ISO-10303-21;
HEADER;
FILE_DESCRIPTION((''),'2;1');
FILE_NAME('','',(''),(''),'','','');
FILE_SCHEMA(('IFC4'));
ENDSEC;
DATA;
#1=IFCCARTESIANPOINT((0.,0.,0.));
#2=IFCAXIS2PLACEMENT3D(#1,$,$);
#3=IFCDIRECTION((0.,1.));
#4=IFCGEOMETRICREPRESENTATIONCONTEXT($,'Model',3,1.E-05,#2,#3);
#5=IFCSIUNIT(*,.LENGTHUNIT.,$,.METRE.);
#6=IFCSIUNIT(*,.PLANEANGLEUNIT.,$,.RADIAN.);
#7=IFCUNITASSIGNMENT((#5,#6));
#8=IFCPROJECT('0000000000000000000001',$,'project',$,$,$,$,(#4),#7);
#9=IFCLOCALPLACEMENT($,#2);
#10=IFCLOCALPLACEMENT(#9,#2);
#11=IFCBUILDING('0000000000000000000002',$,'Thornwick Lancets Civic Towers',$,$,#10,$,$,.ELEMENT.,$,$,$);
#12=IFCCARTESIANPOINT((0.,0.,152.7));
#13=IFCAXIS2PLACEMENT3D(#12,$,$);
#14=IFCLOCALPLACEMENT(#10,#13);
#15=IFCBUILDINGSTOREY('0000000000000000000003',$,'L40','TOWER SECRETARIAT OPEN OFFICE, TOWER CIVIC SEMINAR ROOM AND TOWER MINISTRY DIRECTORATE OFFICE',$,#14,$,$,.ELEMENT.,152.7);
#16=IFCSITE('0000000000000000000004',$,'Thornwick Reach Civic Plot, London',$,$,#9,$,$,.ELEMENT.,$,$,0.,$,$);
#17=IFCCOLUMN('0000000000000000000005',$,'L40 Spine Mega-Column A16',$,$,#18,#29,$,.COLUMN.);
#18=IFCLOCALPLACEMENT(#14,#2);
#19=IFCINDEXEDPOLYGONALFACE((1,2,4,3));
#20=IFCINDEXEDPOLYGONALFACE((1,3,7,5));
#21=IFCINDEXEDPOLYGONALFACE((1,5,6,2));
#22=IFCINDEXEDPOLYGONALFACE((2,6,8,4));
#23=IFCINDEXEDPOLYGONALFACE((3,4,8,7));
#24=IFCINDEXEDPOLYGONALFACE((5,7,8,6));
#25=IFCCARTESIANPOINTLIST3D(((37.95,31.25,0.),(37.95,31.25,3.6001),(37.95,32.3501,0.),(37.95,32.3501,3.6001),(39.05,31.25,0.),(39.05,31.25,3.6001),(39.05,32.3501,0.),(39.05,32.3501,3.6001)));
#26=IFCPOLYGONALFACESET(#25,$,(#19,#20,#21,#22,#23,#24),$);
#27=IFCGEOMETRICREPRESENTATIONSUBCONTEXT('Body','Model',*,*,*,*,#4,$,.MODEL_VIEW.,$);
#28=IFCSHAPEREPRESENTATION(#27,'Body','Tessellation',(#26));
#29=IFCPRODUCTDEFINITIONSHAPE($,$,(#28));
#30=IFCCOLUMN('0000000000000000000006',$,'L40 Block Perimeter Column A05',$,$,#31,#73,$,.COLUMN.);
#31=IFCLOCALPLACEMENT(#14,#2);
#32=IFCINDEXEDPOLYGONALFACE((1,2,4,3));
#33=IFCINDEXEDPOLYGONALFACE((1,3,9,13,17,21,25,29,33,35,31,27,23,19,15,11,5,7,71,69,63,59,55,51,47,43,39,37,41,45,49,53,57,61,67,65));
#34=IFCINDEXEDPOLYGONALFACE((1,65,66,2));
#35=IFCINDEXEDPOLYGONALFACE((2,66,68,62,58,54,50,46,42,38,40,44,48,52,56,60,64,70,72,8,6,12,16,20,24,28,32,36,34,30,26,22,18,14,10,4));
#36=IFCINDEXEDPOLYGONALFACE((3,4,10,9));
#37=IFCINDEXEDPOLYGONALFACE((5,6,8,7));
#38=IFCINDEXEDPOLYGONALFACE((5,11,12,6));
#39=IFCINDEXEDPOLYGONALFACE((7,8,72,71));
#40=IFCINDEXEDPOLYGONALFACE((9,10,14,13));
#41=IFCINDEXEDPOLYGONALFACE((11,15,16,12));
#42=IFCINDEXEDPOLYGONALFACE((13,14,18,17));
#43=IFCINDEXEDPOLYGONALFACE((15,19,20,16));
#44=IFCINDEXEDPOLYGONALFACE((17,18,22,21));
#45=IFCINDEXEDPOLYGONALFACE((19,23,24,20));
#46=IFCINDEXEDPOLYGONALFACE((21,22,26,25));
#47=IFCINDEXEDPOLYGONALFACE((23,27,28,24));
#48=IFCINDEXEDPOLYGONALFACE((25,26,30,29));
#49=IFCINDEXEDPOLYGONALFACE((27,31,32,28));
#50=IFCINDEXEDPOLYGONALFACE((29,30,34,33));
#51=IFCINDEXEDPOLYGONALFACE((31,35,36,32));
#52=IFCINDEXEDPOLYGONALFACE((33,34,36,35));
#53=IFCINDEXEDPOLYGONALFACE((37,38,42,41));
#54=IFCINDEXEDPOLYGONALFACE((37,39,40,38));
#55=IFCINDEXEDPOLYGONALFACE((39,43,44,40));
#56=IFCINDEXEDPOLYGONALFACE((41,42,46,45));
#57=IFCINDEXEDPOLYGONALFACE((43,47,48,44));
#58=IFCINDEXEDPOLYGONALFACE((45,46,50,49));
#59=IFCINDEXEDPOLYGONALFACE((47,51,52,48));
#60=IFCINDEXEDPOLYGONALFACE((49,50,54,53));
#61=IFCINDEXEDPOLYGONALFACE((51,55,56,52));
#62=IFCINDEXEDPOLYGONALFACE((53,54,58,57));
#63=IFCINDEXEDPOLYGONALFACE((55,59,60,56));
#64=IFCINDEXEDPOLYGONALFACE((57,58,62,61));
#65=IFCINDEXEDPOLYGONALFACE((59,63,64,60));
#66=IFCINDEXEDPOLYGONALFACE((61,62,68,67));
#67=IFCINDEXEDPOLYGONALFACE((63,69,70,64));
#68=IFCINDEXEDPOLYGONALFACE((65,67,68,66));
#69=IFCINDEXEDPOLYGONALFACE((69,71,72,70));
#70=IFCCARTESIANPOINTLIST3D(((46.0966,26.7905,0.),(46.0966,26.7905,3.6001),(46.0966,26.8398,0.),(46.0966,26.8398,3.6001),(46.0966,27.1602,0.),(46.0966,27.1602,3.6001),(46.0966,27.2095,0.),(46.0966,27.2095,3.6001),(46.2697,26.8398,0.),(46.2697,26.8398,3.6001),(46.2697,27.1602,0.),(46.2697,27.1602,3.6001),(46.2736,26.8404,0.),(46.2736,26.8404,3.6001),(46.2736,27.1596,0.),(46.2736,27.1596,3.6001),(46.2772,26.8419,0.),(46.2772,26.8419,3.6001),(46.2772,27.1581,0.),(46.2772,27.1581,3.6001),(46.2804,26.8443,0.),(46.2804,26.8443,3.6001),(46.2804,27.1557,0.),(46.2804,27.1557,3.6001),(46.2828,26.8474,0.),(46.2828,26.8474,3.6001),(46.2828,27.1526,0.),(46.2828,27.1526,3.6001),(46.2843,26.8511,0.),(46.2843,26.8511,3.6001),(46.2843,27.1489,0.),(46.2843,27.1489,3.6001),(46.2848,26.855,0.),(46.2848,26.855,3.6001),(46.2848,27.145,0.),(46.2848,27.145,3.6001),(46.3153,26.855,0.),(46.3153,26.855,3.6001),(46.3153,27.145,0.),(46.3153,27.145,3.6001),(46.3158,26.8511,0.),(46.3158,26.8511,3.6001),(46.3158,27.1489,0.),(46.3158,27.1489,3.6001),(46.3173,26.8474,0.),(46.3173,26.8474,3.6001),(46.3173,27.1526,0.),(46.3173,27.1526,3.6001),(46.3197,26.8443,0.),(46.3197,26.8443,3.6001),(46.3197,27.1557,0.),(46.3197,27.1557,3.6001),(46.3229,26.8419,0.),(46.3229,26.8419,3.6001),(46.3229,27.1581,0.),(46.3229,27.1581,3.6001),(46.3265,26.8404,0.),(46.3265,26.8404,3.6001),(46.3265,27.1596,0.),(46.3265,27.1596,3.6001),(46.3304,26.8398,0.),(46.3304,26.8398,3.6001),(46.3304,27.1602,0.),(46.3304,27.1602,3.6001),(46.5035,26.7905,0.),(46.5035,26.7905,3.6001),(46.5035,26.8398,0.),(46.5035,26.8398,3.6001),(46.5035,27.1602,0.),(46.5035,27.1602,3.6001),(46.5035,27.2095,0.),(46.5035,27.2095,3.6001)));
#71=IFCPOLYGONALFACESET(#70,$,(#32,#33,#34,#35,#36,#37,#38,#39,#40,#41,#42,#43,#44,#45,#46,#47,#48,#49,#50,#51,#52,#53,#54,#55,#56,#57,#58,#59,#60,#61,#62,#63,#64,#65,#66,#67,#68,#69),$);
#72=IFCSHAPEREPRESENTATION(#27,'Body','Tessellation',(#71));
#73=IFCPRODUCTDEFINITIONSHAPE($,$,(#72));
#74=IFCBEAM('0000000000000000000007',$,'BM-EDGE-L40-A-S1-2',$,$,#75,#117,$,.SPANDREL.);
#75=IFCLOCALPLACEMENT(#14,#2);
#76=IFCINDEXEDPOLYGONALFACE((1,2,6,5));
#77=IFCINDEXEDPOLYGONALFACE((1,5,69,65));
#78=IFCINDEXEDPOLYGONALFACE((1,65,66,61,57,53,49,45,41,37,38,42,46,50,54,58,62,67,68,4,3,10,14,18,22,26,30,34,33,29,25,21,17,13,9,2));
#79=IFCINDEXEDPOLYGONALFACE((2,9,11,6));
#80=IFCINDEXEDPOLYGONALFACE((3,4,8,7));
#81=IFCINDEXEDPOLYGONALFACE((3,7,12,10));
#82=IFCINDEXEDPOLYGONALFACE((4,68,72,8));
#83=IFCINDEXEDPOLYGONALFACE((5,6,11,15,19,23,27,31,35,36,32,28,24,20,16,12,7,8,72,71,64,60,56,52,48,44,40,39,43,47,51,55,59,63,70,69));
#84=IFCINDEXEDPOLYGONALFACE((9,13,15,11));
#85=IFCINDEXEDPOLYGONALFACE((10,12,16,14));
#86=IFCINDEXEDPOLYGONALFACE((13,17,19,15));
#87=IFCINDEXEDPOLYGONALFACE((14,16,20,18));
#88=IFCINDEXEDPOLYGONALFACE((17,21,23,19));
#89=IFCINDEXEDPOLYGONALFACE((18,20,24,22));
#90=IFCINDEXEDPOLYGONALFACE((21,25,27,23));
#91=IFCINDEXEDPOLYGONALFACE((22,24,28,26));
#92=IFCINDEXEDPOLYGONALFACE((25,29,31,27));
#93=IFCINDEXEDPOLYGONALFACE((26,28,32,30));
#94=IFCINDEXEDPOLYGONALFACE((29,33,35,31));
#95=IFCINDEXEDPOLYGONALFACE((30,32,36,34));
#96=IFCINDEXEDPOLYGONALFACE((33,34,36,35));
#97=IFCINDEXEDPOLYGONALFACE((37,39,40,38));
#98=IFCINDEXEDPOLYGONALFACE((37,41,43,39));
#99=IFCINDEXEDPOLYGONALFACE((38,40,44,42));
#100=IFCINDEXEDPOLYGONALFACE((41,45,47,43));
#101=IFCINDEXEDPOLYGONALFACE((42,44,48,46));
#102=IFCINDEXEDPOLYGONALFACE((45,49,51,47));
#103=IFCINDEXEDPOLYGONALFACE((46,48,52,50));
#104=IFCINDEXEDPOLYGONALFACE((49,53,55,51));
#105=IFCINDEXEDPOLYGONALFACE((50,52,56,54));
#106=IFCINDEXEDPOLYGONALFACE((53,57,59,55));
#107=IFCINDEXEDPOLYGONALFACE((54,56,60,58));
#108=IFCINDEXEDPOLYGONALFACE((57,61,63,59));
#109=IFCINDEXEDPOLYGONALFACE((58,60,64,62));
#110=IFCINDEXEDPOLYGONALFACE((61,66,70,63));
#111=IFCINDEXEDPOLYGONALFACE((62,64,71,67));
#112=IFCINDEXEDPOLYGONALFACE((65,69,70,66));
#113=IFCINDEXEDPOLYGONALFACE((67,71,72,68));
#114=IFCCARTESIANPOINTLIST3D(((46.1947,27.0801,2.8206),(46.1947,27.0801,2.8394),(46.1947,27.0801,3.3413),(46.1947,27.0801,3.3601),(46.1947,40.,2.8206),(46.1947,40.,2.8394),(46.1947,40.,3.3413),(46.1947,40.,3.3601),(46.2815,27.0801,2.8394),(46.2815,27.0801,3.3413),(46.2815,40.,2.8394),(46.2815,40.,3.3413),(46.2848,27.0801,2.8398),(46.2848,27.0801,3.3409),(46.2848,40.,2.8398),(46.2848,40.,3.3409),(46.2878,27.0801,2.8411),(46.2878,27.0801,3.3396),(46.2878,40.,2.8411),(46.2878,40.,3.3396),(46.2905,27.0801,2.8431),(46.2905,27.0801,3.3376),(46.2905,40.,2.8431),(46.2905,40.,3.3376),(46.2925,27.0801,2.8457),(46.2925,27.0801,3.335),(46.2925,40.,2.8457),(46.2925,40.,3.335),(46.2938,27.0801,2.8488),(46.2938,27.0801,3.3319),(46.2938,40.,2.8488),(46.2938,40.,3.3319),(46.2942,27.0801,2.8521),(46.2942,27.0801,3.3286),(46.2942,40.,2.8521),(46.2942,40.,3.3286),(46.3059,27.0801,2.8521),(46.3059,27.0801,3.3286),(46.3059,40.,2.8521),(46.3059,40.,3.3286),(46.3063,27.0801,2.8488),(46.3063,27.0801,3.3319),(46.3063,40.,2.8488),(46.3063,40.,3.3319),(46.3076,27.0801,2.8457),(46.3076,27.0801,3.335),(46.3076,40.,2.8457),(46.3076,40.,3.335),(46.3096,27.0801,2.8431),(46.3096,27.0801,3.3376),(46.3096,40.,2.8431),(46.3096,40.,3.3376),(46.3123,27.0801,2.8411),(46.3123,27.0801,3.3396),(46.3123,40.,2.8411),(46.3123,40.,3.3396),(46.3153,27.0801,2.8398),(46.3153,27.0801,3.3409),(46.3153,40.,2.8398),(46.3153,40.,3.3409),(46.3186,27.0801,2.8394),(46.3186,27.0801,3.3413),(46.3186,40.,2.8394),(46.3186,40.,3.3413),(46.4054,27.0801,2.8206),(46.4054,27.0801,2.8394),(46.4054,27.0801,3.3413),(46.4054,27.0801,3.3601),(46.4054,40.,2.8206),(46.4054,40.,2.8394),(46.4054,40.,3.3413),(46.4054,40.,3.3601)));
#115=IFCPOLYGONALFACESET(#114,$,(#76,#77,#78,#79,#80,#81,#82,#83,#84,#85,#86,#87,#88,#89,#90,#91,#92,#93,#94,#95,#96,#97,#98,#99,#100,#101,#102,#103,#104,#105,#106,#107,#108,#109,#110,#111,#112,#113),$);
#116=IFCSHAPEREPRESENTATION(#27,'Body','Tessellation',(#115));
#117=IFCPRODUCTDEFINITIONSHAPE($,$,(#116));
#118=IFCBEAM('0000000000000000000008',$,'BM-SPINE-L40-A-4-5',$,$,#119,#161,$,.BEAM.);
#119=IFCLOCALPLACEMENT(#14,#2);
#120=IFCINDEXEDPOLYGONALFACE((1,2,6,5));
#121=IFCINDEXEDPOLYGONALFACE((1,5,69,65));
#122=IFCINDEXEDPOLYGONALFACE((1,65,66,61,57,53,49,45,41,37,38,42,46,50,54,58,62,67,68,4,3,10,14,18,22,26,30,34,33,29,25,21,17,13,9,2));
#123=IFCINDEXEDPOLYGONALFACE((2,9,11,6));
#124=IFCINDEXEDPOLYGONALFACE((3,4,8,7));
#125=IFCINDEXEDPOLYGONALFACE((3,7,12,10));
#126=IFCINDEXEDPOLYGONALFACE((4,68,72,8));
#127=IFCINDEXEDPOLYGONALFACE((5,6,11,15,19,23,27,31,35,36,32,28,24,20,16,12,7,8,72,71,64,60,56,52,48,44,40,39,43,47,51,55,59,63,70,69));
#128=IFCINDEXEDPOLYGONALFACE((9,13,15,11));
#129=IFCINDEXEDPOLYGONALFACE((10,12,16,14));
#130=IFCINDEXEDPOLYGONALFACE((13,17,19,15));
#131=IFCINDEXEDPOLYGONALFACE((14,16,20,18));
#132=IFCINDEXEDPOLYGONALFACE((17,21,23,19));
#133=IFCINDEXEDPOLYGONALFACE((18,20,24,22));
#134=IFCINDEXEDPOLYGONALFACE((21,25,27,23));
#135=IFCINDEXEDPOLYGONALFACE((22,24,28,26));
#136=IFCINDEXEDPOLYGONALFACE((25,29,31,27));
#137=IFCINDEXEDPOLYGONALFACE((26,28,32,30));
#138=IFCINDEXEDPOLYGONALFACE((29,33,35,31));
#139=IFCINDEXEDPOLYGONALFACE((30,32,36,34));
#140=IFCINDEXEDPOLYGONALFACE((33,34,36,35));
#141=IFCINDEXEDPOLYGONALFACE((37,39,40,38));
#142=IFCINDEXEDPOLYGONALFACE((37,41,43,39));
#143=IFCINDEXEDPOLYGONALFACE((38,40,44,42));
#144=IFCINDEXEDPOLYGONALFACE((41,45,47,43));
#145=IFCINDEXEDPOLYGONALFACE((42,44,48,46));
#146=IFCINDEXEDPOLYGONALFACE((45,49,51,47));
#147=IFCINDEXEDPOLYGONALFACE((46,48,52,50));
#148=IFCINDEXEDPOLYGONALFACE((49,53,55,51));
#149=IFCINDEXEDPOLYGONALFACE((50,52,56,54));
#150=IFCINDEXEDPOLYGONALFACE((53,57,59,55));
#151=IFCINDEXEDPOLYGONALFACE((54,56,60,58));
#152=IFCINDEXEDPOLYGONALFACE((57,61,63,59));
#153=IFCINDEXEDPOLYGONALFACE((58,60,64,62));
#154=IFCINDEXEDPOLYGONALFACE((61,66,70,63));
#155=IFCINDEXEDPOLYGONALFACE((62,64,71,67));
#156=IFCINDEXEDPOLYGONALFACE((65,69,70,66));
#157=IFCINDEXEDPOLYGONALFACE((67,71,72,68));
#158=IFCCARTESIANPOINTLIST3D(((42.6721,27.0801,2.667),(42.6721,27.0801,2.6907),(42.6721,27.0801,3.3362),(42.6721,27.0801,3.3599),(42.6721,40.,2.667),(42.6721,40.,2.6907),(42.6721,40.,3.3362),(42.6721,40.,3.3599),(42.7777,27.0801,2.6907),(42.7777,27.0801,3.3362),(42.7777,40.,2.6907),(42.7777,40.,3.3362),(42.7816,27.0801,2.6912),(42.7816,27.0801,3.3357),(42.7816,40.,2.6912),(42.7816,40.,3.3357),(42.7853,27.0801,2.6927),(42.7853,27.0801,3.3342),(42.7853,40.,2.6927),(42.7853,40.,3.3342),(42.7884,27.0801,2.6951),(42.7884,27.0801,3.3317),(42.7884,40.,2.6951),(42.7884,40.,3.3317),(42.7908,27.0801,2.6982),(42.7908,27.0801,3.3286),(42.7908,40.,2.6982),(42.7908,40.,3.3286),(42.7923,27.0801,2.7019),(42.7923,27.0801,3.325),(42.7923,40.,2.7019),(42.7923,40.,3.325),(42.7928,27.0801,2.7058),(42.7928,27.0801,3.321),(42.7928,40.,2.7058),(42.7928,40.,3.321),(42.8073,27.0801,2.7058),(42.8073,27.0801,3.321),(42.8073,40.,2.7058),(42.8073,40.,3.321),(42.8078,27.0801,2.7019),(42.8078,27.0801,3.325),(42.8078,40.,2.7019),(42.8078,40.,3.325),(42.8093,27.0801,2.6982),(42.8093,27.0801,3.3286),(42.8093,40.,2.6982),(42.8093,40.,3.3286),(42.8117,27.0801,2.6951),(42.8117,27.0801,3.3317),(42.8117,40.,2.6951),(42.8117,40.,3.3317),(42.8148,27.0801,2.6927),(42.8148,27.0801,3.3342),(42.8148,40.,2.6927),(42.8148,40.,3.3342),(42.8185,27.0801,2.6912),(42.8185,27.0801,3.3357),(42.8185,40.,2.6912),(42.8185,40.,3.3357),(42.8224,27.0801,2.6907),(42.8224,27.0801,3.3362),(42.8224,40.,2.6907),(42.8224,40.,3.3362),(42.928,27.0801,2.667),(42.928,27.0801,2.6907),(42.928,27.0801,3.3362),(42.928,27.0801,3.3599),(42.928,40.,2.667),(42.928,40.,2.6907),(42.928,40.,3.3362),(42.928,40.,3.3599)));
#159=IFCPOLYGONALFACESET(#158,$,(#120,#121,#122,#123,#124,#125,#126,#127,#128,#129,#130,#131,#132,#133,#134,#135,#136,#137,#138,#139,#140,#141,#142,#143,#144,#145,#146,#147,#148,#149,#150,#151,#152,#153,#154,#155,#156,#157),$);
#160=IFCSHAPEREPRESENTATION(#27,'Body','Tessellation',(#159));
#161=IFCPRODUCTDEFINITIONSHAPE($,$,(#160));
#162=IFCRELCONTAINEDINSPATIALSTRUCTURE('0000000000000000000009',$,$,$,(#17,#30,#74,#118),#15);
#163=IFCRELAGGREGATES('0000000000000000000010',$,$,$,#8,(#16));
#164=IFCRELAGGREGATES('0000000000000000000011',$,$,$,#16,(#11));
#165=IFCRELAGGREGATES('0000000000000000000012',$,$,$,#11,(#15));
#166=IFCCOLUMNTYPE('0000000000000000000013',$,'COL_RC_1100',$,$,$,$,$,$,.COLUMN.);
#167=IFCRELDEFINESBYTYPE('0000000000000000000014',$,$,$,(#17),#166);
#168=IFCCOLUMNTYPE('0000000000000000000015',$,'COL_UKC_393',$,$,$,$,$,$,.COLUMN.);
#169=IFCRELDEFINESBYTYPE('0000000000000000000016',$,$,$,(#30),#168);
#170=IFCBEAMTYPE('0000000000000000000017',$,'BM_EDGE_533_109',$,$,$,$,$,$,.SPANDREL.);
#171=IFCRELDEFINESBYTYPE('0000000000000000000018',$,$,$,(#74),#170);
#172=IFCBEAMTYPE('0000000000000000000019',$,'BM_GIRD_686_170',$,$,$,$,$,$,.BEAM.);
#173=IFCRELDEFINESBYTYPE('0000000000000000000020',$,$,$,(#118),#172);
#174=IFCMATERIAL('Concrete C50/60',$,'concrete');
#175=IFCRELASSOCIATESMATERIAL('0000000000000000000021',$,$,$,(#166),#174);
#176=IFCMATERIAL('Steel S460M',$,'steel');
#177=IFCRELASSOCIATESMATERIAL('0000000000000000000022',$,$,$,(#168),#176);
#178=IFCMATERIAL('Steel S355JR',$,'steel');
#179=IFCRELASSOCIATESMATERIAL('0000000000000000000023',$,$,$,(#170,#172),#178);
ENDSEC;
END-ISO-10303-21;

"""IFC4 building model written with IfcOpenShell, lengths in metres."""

from ifc_helpers import new_model, si_unit, direction, frame, origin, origin_2d, place, context, subcontext, project, spatial, rectangle, i_section, extrude, material, material_profile, profile_set, type_object, element, save


model = new_model("IFC4")

# Units and contexts
model_context = context("Model", 3, precision=1e-05, world=origin(), true_north=direction((0.0, 1.0)))
body_context = subcontext(model_context, "Body", "Model", "MODEL_VIEW")
ifc_project = project(units=[si_unit("LENGTHUNIT", "METRE"), si_unit("PLANEANGLEUNIT", "RADIAN")], contexts=[model_context])

# Site, building, storey
site_placement = place(None, origin())
site = spatial("IfcSite", under=ifc_project, at=site_placement, Name="Thornwick Reach Civic Plot, London", CompositionType="ELEMENT", RefElevation=0.0)
building_placement = place(site_placement, origin())
building = spatial("IfcBuilding", under=site, at=building_placement, Name="Thornwick Lancets Civic Towers", CompositionType="ELEMENT")
storey_placement = place(building_placement, frame((0.0, 0.0, 152.7)))
storey = spatial("IfcBuildingStorey", under=building, at=storey_placement, Name="L40", Description="TOWER SECRETARIAT OPEN OFFICE, TOWER CIVIC SEMINAR ROOM AND TOWER MINISTRY DIRECTORATE OFFICE", CompositionType="ELEMENT", Elevation=152.7)

# Columns
ifc_material_1 = material(Name="Concrete C50/60", Category="concrete")
ifc_material_profile_1 = material_profile(ifc_material_1, rectangle(XDim=1.1001, YDim=1.1001, at=origin_2d()), Name="RC 1100x1100")
ifc_profile_set_1 = profile_set([ifc_material_profile_1], Name="Concrete C50/60")
column_type_1 = type_object("IfcColumnType", Name="COL_RC_1100", PredefinedType="COLUMN", material=ifc_profile_set_1)
column_1_placement = place(storey_placement, frame((38.5, 31.8, 0.0), z_axis=(0.0, 0.0, 1.0), x_axis=(1.0, 0.0, 0.0)))
element("IfcColumn", 1, at=column_1_placement, inside=storey, type_object=column_type_1, Name="L40 Spine Mega-Column A16", PredefinedType="COLUMN", context=body_context, shape_type="SweptSolid", body=[
    extrude(rectangle(XDim=1.1001, YDim=1.1001, at=origin_2d()), origin(), (0.0, 0.0, 1.0), 3.6001),
])
ifc_material_2 = material(Name="Steel S460M", Category="steel")
ifc_material_profile_2 = material_profile(ifc_material_2, i_section(OverallWidth=0.407, OverallDepth=0.4189, WebThickness=0.0305, FlangeThickness=0.0493, FilletRadius=0.0151, at=origin_2d()), Name="UKC 356x406x393")
ifc_profile_set_2 = profile_set([ifc_material_profile_2], Name="Steel S460M")
column_type_2 = type_object("IfcColumnType", Name="COL_UKC_393", PredefinedType="COLUMN", material=ifc_profile_set_2)
column_2_placement = place(storey_placement, frame((46.3, 27.0, 0.0), z_axis=(0.0, 0.0, 1.0), x_axis=(1.0, 0.0, 0.0)))
element("IfcColumn", 2, at=column_2_placement, inside=storey, type_object=column_type_2, Name="L40 Block Perimeter Column A05", PredefinedType="COLUMN", context=body_context, shape_type="SweptSolid", body=[
    extrude(i_section(OverallWidth=0.407, OverallDepth=0.4189, WebThickness=0.0305, FlangeThickness=0.0493, FilletRadius=0.0151, at=origin_2d()), origin(), (0.0, 0.0, 1.0), 3.6001),
])

# Beams
ifc_material_3 = material(Name="Steel S355JR", Category="steel")
ifc_material_profile_3 = material_profile(ifc_material_3, i_section(OverallWidth=0.2107, OverallDepth=0.5396, WebThickness=0.0117, FlangeThickness=0.0188, FilletRadius=0.0127, at=origin_2d()), Name="UKB 533x210x109")
ifc_profile_set_3 = profile_set([ifc_material_profile_3], Name="Steel S355JR")
beam_type_1 = type_object("IfcBeamType", Name="BM_EDGE_533_109", PredefinedType="SPANDREL", material=ifc_profile_set_3)
beam_1_placement = place(storey_placement, frame((46.3, 27.0801, 3.0903), z_axis=(0.0, 1.0, 0.0), x_axis=(-1.0, 0.0, 0.0)))
element("IfcBeam", 3, at=beam_1_placement, inside=storey, type_object=beam_type_1, Name="BM-EDGE-L40-A-S1-2", PredefinedType="SPANDREL", context=body_context, shape_type="SweptSolid", body=[
    extrude(i_section(OverallWidth=0.2107, OverallDepth=0.5396, WebThickness=0.0117, FlangeThickness=0.0188, FilletRadius=0.0127, at=origin_2d()), origin(), (0.0, 0.0, 1.0), 12.9199),
])
ifc_material_profile_4 = material_profile(ifc_material_3, i_section(OverallWidth=0.2559, OverallDepth=0.6929, WebThickness=0.0144, FlangeThickness=0.0237, FilletRadius=0.0151, at=origin_2d()), Name="UKB 686x254x170")
ifc_profile_set_4 = profile_set([ifc_material_profile_4], Name="Steel S355JR")
beam_type_2 = type_object("IfcBeamType", Name="BM_GIRD_686_170", PredefinedType="BEAM", material=ifc_profile_set_4)
beam_2_placement = place(storey_placement, frame((42.8, 27.0801, 3.0134), z_axis=(0.0, 1.0, 0.0), x_axis=(-1.0, 0.0, 0.0)))
element("IfcBeam", 4, at=beam_2_placement, inside=storey, type_object=beam_type_2, Name="BM-SPINE-L40-A-4-5", PredefinedType="BEAM", context=body_context, shape_type="SweptSolid", body=[
    extrude(i_section(OverallWidth=0.2559, OverallDepth=0.6929, WebThickness=0.0144, FlangeThickness=0.0237, FilletRadius=0.0151, at=origin_2d()), origin(), (0.0, 0.0, 1.0), 12.9199),
])

save(model, "model.ifc")
